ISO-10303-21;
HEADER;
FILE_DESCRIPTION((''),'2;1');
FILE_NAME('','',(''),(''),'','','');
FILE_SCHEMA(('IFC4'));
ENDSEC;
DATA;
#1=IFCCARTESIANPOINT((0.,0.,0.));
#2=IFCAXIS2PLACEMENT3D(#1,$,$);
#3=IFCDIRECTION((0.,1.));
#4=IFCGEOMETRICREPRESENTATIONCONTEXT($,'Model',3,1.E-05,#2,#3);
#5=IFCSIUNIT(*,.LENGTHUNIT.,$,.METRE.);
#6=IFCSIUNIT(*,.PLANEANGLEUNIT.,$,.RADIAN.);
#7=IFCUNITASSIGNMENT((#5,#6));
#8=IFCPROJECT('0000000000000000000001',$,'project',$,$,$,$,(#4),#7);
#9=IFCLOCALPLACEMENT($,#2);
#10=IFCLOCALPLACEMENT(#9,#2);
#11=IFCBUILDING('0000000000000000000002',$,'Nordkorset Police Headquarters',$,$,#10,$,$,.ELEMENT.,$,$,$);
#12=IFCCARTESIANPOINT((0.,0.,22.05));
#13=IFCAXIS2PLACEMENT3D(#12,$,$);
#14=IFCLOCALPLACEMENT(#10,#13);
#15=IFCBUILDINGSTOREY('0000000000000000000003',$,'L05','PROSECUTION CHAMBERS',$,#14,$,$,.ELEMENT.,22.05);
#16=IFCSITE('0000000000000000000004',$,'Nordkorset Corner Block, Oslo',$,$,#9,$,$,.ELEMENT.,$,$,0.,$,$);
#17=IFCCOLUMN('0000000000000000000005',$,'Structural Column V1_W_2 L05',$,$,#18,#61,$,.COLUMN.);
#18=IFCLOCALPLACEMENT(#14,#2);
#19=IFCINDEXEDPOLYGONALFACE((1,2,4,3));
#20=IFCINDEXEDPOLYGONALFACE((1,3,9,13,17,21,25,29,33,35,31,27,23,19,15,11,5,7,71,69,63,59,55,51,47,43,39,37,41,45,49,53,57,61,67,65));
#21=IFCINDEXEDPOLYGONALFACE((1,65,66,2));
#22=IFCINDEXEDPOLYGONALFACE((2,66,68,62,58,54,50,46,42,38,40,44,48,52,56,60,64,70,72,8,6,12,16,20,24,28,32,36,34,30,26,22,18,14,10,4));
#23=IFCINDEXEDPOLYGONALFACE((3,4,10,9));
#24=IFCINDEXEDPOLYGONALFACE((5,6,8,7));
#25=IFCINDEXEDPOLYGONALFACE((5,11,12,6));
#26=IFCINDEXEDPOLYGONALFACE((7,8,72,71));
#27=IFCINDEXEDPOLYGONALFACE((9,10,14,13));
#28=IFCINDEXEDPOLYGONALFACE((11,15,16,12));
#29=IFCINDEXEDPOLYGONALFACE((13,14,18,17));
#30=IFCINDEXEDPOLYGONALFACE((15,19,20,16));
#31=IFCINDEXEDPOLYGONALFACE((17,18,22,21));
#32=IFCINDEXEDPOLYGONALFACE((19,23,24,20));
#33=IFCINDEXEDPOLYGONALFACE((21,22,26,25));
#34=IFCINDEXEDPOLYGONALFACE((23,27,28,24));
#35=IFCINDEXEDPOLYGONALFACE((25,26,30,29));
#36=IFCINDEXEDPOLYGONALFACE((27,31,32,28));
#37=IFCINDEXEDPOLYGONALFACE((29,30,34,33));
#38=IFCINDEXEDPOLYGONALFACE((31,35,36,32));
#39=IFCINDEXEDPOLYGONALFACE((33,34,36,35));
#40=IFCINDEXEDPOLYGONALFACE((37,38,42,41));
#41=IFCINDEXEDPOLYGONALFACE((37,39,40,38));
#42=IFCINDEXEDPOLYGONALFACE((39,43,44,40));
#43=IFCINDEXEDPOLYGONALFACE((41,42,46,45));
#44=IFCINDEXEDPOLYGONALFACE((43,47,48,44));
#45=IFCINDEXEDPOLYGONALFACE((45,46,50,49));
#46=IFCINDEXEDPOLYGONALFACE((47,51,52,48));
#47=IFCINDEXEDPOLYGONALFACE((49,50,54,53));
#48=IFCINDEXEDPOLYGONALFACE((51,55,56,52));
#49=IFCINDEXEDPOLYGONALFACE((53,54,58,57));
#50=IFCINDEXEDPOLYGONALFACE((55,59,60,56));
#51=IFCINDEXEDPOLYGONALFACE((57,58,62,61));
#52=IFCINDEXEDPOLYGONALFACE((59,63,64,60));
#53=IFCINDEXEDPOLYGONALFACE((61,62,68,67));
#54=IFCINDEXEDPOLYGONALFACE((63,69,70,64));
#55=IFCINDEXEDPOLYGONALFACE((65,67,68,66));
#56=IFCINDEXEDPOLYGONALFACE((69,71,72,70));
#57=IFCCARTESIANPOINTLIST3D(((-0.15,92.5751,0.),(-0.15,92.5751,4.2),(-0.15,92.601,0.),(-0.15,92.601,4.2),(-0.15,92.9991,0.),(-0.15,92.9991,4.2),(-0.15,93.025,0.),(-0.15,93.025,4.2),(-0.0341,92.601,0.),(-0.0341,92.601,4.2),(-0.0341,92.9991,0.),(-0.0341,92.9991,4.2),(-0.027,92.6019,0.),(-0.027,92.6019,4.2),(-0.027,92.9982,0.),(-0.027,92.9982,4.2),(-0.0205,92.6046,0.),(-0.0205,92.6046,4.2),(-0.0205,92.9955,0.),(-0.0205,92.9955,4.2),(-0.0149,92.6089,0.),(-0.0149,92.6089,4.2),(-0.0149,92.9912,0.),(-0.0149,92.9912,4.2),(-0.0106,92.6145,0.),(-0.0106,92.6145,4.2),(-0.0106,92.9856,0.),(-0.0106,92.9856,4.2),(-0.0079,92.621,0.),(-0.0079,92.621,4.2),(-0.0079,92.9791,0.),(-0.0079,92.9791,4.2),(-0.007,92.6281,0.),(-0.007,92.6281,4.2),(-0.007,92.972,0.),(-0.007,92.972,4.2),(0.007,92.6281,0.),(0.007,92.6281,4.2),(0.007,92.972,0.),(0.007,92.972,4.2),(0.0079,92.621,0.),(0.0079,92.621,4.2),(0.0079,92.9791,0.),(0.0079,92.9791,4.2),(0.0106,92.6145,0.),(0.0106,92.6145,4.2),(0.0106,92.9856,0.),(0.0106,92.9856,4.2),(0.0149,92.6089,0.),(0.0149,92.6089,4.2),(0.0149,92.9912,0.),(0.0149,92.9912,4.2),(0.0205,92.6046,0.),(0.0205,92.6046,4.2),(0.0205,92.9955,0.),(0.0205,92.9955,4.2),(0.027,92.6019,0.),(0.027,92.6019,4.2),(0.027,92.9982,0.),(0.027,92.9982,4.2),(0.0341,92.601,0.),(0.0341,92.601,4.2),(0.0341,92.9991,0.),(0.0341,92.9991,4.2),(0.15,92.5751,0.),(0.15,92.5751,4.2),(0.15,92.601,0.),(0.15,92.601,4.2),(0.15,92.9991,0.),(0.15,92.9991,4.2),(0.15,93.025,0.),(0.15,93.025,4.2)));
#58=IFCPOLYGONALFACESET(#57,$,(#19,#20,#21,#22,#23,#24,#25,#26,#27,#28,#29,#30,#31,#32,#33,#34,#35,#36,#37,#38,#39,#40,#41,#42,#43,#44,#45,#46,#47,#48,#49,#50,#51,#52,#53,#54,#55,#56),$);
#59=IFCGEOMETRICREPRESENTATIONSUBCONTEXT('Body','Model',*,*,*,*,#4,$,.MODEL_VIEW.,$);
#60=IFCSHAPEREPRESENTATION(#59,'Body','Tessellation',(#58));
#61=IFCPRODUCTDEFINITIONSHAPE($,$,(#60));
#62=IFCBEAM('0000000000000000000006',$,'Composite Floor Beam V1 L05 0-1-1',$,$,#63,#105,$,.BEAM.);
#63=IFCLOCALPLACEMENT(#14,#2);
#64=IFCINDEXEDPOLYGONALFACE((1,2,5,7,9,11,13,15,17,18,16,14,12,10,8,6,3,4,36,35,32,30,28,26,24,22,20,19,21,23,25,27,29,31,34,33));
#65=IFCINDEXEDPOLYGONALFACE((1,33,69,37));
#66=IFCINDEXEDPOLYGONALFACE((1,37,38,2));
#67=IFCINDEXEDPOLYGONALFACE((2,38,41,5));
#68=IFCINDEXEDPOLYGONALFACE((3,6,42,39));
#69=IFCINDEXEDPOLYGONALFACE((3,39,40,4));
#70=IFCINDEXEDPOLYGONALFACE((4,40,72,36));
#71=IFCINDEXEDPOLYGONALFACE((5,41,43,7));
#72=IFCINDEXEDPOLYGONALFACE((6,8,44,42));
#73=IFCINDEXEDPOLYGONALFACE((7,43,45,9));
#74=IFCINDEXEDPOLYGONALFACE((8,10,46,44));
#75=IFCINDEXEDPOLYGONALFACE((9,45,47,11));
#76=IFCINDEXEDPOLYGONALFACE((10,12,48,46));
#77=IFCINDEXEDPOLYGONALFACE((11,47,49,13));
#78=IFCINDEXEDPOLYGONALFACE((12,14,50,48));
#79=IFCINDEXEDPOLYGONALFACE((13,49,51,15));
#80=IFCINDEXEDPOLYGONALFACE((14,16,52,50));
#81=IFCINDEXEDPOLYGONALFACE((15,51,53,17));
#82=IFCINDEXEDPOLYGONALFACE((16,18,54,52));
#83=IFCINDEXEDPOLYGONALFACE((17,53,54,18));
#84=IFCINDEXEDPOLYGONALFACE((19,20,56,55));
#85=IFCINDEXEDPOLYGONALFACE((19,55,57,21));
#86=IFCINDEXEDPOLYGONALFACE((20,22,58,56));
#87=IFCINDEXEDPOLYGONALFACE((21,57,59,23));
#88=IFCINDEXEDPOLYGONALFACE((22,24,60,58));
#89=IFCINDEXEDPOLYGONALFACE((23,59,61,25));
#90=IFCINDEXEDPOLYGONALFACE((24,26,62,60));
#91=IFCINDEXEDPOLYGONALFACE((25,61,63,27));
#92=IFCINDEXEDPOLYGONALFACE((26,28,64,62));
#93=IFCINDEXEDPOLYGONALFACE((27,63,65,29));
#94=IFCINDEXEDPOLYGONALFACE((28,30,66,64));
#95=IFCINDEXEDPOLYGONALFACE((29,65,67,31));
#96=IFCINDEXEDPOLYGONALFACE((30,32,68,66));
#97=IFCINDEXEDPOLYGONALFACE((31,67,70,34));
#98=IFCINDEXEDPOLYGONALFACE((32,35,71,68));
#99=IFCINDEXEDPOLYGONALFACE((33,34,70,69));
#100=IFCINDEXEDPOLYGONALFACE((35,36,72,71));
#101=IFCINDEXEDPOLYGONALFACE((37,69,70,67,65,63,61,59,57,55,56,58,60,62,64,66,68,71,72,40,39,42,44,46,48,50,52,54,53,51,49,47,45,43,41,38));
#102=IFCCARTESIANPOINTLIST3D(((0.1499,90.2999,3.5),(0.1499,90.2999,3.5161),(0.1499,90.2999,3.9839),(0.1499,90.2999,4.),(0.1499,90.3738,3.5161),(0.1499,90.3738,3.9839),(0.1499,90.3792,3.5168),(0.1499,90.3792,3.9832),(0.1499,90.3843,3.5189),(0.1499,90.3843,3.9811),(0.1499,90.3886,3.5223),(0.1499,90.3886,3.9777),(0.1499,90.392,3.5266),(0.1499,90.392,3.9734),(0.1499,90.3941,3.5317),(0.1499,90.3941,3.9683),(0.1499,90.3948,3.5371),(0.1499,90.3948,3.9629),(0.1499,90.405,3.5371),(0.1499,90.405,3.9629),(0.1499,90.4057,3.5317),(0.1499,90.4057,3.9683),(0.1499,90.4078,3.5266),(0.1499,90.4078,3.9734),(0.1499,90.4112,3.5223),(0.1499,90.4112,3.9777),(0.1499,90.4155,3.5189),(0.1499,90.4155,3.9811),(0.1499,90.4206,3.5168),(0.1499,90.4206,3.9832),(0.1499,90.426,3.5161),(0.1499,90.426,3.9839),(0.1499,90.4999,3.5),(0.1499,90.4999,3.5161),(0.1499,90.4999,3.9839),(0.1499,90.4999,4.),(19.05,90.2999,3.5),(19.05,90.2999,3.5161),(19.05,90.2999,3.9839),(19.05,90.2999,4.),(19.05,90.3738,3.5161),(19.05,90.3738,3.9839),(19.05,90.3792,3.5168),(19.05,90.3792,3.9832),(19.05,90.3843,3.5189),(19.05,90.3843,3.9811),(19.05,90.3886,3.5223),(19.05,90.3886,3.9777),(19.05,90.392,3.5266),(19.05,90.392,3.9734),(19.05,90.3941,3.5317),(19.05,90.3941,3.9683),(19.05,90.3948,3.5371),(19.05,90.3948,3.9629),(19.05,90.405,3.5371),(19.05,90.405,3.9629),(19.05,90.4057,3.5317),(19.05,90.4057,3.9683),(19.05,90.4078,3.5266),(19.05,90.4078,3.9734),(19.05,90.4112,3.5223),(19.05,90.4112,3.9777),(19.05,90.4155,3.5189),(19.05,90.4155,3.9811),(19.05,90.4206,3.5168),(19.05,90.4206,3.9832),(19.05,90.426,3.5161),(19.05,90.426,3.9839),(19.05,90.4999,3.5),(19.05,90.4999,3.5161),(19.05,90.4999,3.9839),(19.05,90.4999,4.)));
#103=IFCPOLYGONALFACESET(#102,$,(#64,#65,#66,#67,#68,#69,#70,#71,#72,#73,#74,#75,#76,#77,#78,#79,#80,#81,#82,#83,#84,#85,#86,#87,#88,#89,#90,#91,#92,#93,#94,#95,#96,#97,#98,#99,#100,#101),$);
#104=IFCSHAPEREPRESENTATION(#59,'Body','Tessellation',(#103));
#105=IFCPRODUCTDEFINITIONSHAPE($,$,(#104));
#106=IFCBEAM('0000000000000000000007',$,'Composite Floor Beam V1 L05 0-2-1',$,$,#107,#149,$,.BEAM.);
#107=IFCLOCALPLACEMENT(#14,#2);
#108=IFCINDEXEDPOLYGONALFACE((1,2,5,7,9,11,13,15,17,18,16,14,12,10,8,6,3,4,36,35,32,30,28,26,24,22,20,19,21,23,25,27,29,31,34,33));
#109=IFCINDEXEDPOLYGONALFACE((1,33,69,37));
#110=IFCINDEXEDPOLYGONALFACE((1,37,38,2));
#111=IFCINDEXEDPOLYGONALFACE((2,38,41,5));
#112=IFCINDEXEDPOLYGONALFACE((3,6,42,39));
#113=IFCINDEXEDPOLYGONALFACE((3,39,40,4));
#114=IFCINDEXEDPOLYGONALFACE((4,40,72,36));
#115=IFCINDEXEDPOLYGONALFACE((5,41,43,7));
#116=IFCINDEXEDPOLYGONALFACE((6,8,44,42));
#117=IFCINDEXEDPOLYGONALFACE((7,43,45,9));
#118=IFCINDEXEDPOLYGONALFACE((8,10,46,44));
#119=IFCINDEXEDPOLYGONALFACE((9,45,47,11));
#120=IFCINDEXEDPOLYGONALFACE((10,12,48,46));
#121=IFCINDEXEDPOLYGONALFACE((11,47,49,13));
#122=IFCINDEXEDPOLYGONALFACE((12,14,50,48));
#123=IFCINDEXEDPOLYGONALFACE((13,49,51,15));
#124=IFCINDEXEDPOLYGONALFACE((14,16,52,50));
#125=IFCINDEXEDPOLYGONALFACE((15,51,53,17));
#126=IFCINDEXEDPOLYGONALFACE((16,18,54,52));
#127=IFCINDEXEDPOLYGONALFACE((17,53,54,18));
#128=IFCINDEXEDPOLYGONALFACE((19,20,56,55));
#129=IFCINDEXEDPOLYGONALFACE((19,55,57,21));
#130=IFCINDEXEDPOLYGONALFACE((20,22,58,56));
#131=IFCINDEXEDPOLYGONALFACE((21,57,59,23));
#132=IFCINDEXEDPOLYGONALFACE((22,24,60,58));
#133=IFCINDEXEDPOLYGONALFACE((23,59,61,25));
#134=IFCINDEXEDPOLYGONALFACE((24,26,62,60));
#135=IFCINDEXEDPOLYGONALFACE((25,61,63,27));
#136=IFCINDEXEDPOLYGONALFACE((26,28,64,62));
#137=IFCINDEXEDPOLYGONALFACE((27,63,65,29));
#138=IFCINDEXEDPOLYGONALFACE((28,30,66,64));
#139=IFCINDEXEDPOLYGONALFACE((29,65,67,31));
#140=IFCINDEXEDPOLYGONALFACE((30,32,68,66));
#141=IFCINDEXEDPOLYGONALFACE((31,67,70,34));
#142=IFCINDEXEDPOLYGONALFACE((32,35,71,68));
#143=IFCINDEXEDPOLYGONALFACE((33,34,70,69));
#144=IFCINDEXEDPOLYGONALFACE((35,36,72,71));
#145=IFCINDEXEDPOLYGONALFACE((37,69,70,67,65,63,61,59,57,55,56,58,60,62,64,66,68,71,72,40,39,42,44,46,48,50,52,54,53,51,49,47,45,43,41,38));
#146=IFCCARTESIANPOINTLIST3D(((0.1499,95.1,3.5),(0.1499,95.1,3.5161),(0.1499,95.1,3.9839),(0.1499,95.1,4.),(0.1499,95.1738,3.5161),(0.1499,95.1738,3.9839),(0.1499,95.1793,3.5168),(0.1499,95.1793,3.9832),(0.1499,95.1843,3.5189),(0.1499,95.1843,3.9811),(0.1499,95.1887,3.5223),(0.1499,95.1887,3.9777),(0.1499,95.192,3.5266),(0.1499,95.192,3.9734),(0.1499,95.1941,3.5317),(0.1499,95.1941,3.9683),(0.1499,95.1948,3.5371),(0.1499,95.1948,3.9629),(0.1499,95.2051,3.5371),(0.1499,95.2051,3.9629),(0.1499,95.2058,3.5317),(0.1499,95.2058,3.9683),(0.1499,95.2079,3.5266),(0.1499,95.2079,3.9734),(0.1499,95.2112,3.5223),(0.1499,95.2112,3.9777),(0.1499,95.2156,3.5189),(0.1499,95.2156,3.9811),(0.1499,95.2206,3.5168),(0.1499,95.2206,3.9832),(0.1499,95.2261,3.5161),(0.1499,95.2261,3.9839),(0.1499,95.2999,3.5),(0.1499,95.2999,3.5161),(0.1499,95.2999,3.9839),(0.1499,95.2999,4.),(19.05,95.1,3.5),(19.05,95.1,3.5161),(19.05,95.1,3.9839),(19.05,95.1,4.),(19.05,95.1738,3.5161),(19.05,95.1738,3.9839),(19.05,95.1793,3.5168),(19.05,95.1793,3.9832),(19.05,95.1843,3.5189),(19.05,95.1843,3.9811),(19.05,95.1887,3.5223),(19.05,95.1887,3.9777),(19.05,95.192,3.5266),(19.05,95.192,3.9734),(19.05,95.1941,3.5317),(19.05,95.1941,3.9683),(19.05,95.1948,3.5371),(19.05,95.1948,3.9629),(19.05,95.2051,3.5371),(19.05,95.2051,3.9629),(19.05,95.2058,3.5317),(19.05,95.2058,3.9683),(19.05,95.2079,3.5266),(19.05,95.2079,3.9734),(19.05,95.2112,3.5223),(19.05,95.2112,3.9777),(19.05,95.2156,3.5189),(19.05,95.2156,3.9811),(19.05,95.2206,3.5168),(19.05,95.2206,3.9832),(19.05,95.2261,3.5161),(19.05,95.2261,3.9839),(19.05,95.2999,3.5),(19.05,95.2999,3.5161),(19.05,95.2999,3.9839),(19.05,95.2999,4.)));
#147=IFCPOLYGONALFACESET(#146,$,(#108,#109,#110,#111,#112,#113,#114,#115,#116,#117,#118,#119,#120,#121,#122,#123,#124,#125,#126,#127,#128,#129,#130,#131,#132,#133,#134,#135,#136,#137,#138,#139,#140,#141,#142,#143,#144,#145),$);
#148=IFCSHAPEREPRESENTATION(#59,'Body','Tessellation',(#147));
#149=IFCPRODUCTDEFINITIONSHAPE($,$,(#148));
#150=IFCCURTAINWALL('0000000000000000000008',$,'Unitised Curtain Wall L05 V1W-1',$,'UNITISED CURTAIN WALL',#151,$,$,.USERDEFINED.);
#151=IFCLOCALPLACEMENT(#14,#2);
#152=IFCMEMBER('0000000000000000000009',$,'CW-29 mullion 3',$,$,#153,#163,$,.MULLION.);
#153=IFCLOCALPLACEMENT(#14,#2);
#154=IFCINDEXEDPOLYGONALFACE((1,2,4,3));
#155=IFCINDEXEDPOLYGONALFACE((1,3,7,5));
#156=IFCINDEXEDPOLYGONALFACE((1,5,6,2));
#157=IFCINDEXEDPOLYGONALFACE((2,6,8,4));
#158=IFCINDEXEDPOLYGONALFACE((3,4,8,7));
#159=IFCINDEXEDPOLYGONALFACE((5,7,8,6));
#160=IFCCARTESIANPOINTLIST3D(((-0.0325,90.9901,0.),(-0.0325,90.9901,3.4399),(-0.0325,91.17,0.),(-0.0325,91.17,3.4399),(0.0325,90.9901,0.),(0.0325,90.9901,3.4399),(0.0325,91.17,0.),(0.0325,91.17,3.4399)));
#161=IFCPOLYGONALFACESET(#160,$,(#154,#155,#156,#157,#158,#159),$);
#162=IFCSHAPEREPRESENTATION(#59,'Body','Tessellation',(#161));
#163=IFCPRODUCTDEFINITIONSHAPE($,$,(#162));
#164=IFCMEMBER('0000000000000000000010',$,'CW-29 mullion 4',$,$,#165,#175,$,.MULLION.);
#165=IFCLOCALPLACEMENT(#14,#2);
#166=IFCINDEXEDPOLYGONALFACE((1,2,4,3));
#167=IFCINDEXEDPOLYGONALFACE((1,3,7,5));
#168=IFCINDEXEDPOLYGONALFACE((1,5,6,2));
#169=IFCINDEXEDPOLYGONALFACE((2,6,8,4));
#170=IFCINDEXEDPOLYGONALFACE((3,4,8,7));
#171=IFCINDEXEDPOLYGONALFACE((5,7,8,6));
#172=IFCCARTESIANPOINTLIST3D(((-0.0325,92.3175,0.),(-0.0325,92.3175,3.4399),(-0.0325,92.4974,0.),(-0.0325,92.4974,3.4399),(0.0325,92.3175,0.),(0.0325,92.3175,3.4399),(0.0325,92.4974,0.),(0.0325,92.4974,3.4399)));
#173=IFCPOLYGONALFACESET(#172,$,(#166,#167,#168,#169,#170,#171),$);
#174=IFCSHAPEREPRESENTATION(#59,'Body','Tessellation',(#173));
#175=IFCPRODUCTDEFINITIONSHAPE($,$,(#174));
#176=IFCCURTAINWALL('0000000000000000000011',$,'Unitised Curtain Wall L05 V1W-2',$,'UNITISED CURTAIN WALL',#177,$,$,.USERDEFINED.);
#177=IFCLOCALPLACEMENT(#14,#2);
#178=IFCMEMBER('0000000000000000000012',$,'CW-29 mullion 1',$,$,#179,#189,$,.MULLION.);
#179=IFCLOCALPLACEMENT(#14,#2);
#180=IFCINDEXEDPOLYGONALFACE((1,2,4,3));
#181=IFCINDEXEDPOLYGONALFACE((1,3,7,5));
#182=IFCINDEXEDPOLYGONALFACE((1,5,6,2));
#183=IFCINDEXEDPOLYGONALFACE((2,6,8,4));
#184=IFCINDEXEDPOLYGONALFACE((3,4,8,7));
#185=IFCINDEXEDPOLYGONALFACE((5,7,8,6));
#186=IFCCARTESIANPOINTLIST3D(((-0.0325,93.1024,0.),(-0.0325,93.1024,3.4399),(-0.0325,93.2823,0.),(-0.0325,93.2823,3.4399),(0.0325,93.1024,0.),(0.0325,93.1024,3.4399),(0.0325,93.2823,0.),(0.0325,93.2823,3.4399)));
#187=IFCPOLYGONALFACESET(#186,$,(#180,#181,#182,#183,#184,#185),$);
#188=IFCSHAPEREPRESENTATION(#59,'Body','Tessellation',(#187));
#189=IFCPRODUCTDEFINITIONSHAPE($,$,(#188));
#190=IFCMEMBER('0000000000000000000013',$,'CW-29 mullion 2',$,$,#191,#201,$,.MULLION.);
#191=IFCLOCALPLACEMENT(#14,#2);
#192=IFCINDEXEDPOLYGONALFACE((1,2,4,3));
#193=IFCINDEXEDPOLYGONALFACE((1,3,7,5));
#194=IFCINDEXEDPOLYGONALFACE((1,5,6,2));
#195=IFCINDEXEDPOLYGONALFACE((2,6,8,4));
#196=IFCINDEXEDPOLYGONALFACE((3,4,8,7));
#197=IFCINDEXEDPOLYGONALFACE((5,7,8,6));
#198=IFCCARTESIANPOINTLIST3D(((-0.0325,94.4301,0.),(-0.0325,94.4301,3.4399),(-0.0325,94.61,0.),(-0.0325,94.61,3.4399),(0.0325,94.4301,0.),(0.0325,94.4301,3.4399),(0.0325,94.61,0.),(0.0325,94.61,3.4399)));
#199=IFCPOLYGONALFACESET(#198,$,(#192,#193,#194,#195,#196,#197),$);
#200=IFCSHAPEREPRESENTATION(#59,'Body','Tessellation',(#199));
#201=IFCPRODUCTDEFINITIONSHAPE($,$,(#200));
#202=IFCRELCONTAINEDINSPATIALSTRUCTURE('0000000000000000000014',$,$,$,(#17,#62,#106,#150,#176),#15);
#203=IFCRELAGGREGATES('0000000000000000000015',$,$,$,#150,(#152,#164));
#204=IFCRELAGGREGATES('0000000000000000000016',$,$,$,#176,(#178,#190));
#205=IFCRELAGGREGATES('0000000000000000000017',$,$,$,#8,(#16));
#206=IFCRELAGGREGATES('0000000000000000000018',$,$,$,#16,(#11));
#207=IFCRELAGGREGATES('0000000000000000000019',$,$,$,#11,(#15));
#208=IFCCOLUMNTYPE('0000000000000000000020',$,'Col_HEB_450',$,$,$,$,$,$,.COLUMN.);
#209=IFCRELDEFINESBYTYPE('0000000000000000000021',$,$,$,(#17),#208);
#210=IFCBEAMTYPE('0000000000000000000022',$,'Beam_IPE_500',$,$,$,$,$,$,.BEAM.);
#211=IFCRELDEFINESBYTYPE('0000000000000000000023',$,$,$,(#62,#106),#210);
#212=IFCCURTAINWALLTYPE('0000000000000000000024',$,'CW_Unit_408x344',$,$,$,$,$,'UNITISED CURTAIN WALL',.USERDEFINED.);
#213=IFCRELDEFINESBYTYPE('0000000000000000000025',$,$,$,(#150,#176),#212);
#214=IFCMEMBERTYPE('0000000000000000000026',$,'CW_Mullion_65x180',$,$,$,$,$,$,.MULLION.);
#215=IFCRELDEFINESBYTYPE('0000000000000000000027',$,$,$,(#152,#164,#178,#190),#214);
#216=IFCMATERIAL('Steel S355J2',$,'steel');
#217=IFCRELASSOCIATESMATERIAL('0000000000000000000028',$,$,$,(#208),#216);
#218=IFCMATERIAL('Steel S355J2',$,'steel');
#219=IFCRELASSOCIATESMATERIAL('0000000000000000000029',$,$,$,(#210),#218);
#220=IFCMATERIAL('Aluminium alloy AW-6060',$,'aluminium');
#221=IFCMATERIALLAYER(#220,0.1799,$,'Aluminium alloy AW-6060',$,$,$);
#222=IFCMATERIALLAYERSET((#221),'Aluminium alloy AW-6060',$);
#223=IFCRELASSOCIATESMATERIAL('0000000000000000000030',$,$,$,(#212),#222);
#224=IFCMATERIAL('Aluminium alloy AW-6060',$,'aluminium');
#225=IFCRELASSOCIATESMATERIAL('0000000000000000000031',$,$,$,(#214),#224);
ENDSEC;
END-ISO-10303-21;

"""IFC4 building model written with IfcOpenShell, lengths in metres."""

from ifc_helpers import new_model, si_unit, direction, frame, origin, origin_2d, place, context, subcontext, project, spatial, rectangle, i_section, extrude, material, layer, layer_set, material_profile, profile_set, type_object, element, aggregate, save


model = new_model("IFC4")

# Units and contexts
model_context = context("Model", 3, precision=1e-05, world=origin(), true_north=direction((0.0, 1.0)))
body_context = subcontext(model_context, "Body", "Model", "MODEL_VIEW")
ifc_project = project(units=[si_unit("LENGTHUNIT", "METRE"), si_unit("PLANEANGLEUNIT", "RADIAN")], contexts=[model_context])

# Site, building, storey
site_placement = place(None, origin())
site = spatial("IfcSite", under=ifc_project, at=site_placement, Name="Nordkorset Corner Block, Oslo", CompositionType="ELEMENT", RefElevation=0.0)
building_placement = place(site_placement, origin())
building = spatial("IfcBuilding", under=site, at=building_placement, Name="Nordkorset Police Headquarters", CompositionType="ELEMENT")
storey_placement = place(building_placement, frame((0.0, 0.0, 22.05)))
storey = spatial("IfcBuildingStorey", under=building, at=storey_placement, Name="L05", Description="PROSECUTION CHAMBERS", CompositionType="ELEMENT", Elevation=22.05)

# Column
ifc_material_1 = material(Name="Steel S355J2", Category="steel")
ifc_material_profile_1 = material_profile(ifc_material_1, i_section(OverallWidth=0.3, OverallDepth=0.45, WebThickness=0.0139, FlangeThickness=0.0259, FilletRadius=0.0271, at=origin_2d()), Name="HEB 450")
ifc_profile_set_1 = profile_set([ifc_material_profile_1], Name="Steel S355J2")
column_type = type_object("IfcColumnType", Name="Col_HEB_450", PredefinedType="COLUMN", material=ifc_profile_set_1)
column_placement = place(storey_placement, frame((0.0, 92.8, 0.0), z_axis=(0.0, 0.0, 1.0), x_axis=(1.0, 0.0, 0.0)))
element("IfcColumn", 1, at=column_placement, inside=storey, type_object=column_type, Name="Structural Column V1_W_2 L05", PredefinedType="COLUMN", context=body_context, shape_type="SweptSolid", body=[
    extrude(i_section(OverallWidth=0.3, OverallDepth=0.45, WebThickness=0.0139, FlangeThickness=0.0259, FilletRadius=0.0271, at=origin_2d()), origin(), (0.0, 0.0, 1.0), 4.2),
])

# Beams
ifc_material_2 = material(Name="Steel S355J2", Category="steel")
ifc_material_profile_2 = material_profile(ifc_material_2, i_section(OverallWidth=0.2, OverallDepth=0.5, WebThickness=0.0103, FlangeThickness=0.0161, FilletRadius=0.021, at=origin_2d()), Name="IPE 500")
ifc_profile_set_2 = profile_set([ifc_material_profile_2], Name="Steel S355J2")
beam_type_1 = type_object("IfcBeamType", Name="Beam_IPE_500", PredefinedType="BEAM", material=ifc_profile_set_2)
for number, where, z_axis, x_axis, name in (
    (2, (0.1499, 90.3999, 3.75), (1.0, 0.0, 0.0), (0.0, 1.0, 0.0), "Composite Floor Beam V1 L05 0-1-1"),
    (3, (0.1499, 95.2, 3.75), (1.0, 0.0, 0.0), (0.0, 1.0, 0.0), "Composite Floor Beam V1 L05 0-2-1"),
):
    element("IfcBeam", number, at=place(storey_placement, frame(where, z_axis=z_axis, x_axis=x_axis)), inside=storey, type_object=beam_type_1, Name=name, PredefinedType="BEAM", context=body_context, shape_type="SweptSolid", body=[
        extrude(i_section(OverallWidth=0.2, OverallDepth=0.5, WebThickness=0.0103, FlangeThickness=0.0161, FilletRadius=0.021, at=origin_2d()), origin(), (0.0, 0.0, 1.0), 18.9001),
    ])

# Curtain walls, members
ifc_material_3 = material(Name="Aluminium alloy AW-6060", Category="aluminium")
ifc_layer_1 = layer(ifc_material_3, 0.1799, Name="Aluminium alloy AW-6060")
ifc_layer_set_1 = layer_set([ifc_layer_1], Name="Aluminium alloy AW-6060")
curtain_wall_type = type_object("IfcCurtainWallType", Name="CW_Unit_408x344", ElementType="UNITISED CURTAIN WALL", PredefinedType="USERDEFINED", material=ifc_layer_set_1)
curtain_wall_1_placement = place(storey_placement, origin())
curtain_wall_1 = element("IfcCurtainWall", 4, at=curtain_wall_1_placement, inside=storey, type_object=curtain_wall_type, Name="Unitised Curtain Wall L05 V1W-1", ObjectType="UNITISED CURTAIN WALL", PredefinedType="USERDEFINED")
ifc_material_4 = material(Name="Aluminium alloy AW-6060", Category="aluminium")
ifc_material_profile_3 = material_profile(ifc_material_4, rectangle(XDim=0.0649, YDim=0.1799, at=origin_2d()), Name="ALU MULL 65x180")
ifc_profile_set_3 = profile_set([ifc_material_profile_3], Name="Aluminium alloy AW-6060")
member_type_1 = type_object("IfcMemberType", Name="CW_Mullion_65x180", PredefinedType="MULLION", material=ifc_profile_set_3)
member_1_placement = place(storey_placement, frame((0.0, 91.0801, 0.0), z_axis=(0.0, 0.0, 1.0), x_axis=(-1.0, 0.0, 0.0)))
member_1 = element("IfcMember", 5, at=member_1_placement, type_object=member_type_1, Name="CW-29 mullion 3", PredefinedType="MULLION", context=body_context, shape_type="SweptSolid", body=[
    extrude(rectangle(XDim=0.0649, YDim=0.1799, at=origin_2d()), origin(), (0.0, 0.0, 1.0), 3.4399),
])
member_2_placement = place(storey_placement, frame((0.0, 92.4075, 0.0), z_axis=(0.0, 0.0, 1.0), x_axis=(-1.0, 0.0, 0.0)))
member_2 = element("IfcMember", 6, at=member_2_placement, type_object=member_type_1, Name="CW-29 mullion 4", PredefinedType="MULLION", context=body_context, shape_type="SweptSolid", body=[
    extrude(rectangle(XDim=0.0649, YDim=0.1799, at=origin_2d()), origin(), (0.0, 0.0, 1.0), 3.4399),
])
curtain_wall_2_placement = place(storey_placement, origin())
curtain_wall_2 = element("IfcCurtainWall", 7, at=curtain_wall_2_placement, inside=storey, type_object=curtain_wall_type, Name="Unitised Curtain Wall L05 V1W-2", ObjectType="UNITISED CURTAIN WALL", PredefinedType="USERDEFINED")
member_3_placement = place(storey_placement, frame((0.0, 93.1924, 0.0), z_axis=(0.0, 0.0, 1.0), x_axis=(-1.0, 0.0, 0.0)))
member_3 = element("IfcMember", 8, at=member_3_placement, type_object=member_type_1, Name="CW-29 mullion 1", PredefinedType="MULLION", context=body_context, shape_type="SweptSolid", body=[
    extrude(rectangle(XDim=0.0649, YDim=0.1799, at=origin_2d()), origin(), (0.0, 0.0, 1.0), 3.4399),
])
member_4_placement = place(storey_placement, frame((0.0, 94.52, 0.0), z_axis=(0.0, 0.0, 1.0), x_axis=(-1.0, 0.0, 0.0)))
member_4 = element("IfcMember", 9, at=member_4_placement, type_object=member_type_1, Name="CW-29 mullion 2", PredefinedType="MULLION", context=body_context, shape_type="SweptSolid", body=[
    extrude(rectangle(XDim=0.0649, YDim=0.1799, at=origin_2d()), origin(), (0.0, 0.0, 1.0), 3.4399),
])

aggregate(curtain_wall_1, [member_1, member_2])
aggregate(curtain_wall_2, [member_3, member_4])

save(model, "model.ifc")
